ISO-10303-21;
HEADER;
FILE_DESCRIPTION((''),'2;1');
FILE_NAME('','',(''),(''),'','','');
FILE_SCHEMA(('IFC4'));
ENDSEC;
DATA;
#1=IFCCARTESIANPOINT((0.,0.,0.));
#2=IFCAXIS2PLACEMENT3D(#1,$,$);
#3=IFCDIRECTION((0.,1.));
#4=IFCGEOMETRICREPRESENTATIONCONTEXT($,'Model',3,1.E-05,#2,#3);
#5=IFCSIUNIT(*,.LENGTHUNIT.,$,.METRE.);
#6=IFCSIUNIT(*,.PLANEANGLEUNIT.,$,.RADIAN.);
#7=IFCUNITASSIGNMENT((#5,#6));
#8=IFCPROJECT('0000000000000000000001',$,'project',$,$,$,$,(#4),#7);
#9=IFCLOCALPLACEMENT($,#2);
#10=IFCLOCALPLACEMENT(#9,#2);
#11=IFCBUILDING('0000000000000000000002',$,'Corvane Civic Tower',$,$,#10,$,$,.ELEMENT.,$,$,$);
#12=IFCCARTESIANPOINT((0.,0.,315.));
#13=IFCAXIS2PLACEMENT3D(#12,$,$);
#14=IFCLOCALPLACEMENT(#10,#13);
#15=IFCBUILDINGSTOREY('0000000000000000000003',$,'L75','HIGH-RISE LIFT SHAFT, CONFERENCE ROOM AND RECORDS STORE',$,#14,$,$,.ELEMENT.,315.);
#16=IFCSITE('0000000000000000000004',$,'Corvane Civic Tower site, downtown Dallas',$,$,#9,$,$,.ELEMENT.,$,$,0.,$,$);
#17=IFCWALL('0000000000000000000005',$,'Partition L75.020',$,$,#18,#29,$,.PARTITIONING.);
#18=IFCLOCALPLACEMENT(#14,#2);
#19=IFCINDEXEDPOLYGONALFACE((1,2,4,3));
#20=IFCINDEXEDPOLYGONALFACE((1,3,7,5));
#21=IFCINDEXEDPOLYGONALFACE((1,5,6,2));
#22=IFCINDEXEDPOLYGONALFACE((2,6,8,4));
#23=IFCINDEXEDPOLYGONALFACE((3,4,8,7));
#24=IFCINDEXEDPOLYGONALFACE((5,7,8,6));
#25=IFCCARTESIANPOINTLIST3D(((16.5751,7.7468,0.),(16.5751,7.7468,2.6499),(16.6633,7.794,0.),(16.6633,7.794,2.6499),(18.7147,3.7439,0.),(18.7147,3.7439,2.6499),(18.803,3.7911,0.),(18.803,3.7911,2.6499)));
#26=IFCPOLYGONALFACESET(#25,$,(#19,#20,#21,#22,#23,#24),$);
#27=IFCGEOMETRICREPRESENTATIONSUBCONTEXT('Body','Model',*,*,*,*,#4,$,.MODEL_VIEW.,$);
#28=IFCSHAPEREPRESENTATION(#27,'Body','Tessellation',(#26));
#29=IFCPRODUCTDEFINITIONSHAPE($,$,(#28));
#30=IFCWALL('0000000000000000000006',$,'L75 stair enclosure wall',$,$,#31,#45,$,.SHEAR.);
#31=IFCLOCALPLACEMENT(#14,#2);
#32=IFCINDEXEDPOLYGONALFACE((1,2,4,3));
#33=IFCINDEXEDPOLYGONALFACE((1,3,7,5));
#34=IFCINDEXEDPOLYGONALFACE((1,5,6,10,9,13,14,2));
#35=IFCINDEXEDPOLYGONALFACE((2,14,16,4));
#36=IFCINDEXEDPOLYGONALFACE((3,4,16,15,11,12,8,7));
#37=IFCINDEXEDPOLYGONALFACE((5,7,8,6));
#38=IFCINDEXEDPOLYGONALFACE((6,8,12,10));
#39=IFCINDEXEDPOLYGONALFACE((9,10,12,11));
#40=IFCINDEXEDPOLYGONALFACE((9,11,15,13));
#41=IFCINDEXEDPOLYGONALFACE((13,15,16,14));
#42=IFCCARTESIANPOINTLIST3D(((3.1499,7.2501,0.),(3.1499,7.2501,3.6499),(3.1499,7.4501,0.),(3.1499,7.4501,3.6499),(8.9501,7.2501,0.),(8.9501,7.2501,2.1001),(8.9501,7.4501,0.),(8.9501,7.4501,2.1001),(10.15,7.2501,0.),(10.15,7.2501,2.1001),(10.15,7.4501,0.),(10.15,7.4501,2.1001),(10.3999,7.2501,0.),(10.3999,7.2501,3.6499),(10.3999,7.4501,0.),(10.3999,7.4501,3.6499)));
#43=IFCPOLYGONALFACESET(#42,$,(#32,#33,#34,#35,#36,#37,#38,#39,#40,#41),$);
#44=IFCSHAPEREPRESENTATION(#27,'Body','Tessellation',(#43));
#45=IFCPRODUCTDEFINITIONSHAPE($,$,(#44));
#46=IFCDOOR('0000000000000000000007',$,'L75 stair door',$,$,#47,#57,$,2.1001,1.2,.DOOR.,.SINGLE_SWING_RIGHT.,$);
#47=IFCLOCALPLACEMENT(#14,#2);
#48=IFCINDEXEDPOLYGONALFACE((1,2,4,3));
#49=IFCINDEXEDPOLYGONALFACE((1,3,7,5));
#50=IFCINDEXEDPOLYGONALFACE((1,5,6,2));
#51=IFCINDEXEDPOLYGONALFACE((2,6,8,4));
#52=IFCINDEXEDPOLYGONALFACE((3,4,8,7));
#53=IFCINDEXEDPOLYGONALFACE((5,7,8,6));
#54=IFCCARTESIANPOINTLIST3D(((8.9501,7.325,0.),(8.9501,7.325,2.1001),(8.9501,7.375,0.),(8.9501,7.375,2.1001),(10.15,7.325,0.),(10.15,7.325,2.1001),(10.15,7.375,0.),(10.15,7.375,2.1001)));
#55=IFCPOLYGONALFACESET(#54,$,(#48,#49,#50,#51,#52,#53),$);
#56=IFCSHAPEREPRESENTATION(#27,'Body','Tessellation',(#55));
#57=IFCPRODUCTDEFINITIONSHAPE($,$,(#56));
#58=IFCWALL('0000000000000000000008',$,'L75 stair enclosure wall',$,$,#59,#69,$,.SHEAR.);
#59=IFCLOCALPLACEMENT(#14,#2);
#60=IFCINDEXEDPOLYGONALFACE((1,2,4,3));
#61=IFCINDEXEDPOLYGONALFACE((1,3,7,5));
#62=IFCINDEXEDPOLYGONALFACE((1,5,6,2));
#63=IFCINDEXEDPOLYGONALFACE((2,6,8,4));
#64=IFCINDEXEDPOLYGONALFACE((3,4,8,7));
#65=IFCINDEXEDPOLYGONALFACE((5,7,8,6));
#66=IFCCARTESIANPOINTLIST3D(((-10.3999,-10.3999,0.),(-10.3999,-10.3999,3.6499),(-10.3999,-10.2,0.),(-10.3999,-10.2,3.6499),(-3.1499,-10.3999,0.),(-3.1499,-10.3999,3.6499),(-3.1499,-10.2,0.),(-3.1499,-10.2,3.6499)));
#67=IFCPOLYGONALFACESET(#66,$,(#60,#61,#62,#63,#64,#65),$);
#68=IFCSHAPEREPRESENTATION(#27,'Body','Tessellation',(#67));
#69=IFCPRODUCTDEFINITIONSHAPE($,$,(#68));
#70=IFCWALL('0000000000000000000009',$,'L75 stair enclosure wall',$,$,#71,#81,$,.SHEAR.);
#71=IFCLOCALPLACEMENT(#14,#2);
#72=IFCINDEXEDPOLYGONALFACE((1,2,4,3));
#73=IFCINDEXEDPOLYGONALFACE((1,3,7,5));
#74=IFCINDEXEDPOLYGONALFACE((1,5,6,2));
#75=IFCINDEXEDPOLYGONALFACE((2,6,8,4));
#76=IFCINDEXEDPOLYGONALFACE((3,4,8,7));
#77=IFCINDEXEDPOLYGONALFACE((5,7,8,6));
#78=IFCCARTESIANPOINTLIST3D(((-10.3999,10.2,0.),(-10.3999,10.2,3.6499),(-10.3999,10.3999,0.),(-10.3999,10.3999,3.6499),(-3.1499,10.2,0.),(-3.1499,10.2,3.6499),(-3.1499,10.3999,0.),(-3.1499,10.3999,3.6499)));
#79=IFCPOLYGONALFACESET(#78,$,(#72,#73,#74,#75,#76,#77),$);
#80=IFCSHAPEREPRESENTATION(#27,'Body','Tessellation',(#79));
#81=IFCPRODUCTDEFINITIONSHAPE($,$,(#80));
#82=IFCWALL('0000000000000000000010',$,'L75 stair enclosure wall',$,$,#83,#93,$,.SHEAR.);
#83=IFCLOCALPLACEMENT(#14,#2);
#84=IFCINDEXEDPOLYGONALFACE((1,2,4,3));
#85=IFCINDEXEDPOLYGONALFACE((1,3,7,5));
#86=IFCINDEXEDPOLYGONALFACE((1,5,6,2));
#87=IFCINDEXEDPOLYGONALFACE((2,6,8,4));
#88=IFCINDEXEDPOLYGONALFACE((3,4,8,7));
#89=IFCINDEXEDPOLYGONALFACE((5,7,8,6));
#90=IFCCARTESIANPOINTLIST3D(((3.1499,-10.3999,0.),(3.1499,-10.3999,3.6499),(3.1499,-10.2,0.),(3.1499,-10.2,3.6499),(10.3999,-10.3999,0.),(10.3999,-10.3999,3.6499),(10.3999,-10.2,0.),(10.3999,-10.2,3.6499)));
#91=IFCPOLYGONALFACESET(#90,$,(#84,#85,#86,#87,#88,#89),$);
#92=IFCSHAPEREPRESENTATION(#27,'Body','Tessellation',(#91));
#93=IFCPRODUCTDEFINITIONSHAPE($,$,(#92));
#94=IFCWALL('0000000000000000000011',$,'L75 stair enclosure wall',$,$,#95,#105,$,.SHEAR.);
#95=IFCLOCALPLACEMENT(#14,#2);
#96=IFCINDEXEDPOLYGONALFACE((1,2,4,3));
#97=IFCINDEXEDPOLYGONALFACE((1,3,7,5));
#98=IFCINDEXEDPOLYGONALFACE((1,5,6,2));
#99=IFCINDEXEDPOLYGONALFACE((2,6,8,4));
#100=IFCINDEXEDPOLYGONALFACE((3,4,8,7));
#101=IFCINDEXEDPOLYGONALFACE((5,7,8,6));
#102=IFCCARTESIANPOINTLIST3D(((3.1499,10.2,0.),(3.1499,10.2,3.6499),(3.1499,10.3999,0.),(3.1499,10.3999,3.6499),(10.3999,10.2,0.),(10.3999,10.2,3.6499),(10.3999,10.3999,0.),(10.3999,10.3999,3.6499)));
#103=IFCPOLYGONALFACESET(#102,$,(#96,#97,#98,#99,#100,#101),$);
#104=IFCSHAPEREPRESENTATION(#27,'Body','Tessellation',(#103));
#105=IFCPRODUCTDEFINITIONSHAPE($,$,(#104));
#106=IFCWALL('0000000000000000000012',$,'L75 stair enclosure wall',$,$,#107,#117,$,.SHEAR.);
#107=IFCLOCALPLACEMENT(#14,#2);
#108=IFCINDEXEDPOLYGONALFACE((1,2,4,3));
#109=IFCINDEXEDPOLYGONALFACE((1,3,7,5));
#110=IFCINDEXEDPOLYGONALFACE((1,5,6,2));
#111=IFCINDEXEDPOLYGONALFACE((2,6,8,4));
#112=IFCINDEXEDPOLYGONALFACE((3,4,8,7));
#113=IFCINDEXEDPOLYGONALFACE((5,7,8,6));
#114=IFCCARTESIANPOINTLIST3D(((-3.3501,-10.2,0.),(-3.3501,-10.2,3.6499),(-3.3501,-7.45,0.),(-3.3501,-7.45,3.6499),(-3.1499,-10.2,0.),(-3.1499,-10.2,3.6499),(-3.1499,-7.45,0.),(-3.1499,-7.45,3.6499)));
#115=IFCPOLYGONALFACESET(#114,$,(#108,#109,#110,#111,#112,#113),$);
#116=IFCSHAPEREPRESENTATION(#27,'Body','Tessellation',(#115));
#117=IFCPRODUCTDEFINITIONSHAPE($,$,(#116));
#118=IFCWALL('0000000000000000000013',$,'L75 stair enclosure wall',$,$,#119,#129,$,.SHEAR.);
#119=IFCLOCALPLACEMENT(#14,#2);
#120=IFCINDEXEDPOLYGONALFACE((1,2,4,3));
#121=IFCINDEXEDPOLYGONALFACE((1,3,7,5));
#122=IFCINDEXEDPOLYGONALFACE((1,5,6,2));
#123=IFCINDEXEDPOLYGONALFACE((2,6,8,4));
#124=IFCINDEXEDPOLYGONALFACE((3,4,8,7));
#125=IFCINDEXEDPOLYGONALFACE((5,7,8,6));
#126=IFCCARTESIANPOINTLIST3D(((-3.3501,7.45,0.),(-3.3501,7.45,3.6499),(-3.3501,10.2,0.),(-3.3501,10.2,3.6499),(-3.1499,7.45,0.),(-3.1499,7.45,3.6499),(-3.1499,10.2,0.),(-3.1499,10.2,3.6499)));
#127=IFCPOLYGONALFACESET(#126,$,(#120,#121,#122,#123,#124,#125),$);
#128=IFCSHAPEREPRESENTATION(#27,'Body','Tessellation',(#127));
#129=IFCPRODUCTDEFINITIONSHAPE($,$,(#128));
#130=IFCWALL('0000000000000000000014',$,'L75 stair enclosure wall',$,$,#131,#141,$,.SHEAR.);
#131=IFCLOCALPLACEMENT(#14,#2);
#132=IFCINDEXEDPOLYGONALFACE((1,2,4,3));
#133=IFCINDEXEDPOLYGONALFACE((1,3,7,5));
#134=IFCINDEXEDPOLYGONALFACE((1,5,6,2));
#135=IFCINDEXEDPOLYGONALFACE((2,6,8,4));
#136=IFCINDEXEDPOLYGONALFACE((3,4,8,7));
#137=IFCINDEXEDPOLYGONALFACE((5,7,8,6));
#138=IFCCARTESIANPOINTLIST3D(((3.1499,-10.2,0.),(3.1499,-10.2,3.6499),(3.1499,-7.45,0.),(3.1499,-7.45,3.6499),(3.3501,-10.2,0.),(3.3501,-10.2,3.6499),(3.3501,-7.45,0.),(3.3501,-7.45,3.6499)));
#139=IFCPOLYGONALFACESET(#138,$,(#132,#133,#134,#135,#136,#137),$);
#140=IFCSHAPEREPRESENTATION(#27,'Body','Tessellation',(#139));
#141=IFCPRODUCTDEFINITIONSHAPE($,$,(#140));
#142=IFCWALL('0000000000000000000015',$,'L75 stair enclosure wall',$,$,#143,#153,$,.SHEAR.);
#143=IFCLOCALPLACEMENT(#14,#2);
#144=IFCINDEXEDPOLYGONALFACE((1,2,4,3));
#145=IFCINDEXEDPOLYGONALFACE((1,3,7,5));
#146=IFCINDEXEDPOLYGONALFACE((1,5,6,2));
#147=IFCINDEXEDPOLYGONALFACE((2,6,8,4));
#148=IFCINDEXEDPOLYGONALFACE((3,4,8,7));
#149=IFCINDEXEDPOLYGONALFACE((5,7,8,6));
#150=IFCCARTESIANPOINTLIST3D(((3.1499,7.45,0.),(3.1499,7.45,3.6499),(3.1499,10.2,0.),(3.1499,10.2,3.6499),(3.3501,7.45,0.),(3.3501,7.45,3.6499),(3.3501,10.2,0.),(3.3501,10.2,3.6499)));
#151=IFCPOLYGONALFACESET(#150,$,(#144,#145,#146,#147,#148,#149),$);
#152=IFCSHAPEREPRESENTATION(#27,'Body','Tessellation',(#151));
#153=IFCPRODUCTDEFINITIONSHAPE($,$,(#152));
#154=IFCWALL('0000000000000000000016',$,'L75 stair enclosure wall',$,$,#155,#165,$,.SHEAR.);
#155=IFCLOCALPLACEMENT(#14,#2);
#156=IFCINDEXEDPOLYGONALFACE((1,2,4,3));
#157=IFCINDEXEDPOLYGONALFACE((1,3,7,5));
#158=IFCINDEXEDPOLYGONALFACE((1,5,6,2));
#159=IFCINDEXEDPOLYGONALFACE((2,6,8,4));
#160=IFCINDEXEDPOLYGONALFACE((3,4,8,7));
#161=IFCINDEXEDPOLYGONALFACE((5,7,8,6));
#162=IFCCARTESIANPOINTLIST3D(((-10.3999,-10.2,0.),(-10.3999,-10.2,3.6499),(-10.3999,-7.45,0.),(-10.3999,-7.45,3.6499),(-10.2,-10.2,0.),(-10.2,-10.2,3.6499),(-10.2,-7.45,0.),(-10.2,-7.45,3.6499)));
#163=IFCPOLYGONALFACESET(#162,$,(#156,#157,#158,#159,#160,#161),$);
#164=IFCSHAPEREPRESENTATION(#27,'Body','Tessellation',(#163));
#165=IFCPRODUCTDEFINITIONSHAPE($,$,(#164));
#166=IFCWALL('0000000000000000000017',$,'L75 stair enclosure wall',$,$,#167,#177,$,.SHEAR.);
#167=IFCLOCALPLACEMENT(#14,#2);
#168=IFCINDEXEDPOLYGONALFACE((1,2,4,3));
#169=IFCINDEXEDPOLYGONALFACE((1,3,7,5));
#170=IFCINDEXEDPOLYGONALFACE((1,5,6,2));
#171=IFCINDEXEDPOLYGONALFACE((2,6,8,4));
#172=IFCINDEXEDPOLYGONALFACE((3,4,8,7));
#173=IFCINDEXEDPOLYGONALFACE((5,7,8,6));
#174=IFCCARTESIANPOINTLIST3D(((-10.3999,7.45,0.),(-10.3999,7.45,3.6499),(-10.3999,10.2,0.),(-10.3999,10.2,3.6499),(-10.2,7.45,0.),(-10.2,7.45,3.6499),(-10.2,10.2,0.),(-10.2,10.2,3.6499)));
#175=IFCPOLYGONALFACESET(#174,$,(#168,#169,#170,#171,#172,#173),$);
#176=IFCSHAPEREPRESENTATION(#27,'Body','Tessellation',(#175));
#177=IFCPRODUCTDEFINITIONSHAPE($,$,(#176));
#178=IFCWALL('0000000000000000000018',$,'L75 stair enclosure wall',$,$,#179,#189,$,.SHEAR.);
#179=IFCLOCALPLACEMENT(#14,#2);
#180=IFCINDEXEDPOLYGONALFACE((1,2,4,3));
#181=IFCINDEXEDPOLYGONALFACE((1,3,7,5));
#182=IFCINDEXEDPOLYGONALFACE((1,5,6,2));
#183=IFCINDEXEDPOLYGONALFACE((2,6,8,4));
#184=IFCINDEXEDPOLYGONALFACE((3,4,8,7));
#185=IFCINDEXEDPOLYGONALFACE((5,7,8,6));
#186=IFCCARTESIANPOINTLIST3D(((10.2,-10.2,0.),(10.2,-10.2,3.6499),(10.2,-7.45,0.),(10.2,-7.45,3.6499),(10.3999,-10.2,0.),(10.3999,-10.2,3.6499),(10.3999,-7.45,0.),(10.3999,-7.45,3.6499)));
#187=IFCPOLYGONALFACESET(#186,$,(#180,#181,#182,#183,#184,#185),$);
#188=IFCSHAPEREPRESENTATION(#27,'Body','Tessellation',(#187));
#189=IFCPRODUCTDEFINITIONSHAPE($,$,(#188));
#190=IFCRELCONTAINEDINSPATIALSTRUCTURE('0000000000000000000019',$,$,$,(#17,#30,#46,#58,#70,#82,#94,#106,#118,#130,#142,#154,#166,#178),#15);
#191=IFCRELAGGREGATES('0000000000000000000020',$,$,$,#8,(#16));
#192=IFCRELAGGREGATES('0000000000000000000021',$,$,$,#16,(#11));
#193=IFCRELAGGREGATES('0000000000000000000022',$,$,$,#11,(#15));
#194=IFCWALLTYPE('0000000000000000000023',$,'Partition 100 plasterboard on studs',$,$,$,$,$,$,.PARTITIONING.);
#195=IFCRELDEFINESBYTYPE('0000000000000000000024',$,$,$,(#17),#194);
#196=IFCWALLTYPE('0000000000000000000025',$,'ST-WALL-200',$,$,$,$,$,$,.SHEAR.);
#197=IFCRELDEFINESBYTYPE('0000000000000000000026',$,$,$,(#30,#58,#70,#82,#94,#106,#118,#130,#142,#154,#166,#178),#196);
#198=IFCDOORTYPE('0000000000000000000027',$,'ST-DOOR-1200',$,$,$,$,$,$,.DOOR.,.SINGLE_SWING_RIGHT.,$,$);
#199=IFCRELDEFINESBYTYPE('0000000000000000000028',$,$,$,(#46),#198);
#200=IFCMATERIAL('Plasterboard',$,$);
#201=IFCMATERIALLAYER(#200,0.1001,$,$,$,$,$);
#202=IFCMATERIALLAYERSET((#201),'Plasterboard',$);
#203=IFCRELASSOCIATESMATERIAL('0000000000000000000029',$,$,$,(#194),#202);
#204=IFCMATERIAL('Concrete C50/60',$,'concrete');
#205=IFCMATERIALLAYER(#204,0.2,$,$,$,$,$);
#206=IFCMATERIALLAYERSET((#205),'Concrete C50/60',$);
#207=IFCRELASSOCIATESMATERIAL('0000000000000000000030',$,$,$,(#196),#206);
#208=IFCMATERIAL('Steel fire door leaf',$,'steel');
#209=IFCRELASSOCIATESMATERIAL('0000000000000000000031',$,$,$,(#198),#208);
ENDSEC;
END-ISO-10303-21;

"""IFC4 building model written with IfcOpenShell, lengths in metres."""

from ifc_helpers import new_model, si_unit, direction, frame, frame_2d, origin, place, context, subcontext, project, spatial, polyline, rectangle, outline, extrude, material, layer, layer_set, type_object, element, fill, save


model = new_model("IFC4")

# Units and contexts
model_context = context("Model", 3, precision=1e-05, world=origin(), true_north=direction((0.0, 1.0)))
body_context = subcontext(model_context, "Body", "Model", "MODEL_VIEW")
ifc_project = project(units=[si_unit("LENGTHUNIT", "METRE"), si_unit("PLANEANGLEUNIT", "RADIAN")], contexts=[model_context])

# Site, building, storey
site_placement = place(None, origin())
site = spatial("IfcSite", under=ifc_project, at=site_placement, Name="Corvane Civic Tower site, downtown Dallas", CompositionType="ELEMENT", RefElevation=0.0)
building_placement = place(site_placement, origin())
building = spatial("IfcBuilding", under=site, at=building_placement, Name="Corvane Civic Tower", CompositionType="ELEMENT")
storey_placement = place(building_placement, frame((0.0, 0.0, 315.0)))
storey = spatial("IfcBuildingStorey", under=building, at=storey_placement, Name="L75", Description="HIGH-RISE LIFT SHAFT, CONFERENCE ROOM AND RECORDS STORE", CompositionType="ELEMENT", Elevation=315.0)

# Shared definitions
ifc_material_1 = material(Name="Plasterboard")
ifc_layer_1 = layer(ifc_material_1, 0.1001)
ifc_layer_set_1 = layer_set([ifc_layer_1], Name="Plasterboard")
wall_type_1 = type_object("IfcWallType", Name="Partition 100 plasterboard on studs", PredefinedType="PARTITIONING", material=ifc_layer_set_1)

# Wall
wall_1_placement = place(storey_placement, frame((16.6191, 7.7705, 0.0), z_axis=(0.0, 0.0, 1.0), x_axis=(0.471403, -0.881918, 0.0)))
element("IfcWall", 1, at=wall_1_placement, inside=storey, type_object=wall_type_1, Name="Partition L75.020", PredefinedType="PARTITIONING", context=body_context, shape_type="SweptSolid", body=[
    extrude(rectangle(XDim=4.5388, YDim=0.1001, at=frame_2d((2.2695, 0.0))), origin(), (0.0, 0.0, 1.0), 2.6499),
])

# Wall, opening, door
ifc_material_2 = material(Name="Concrete C50/60", Category="concrete")
ifc_layer_2 = layer(ifc_material_2, 0.2)
ifc_layer_set_2 = layer_set([ifc_layer_2], Name="Concrete C50/60")
wall_type_2 = type_object("IfcWallType", Name="ST-WALL-200", PredefinedType="SHEAR", material=ifc_layer_set_2)
wall_2_placement = place(storey_placement, frame((3.1499, 7.3501, 0.0), z_axis=(0.0, 0.0, 1.0), x_axis=(1.0, 0.0, 0.0)))
wall_2 = element("IfcWall", 2, at=wall_2_placement, inside=storey, type_object=wall_type_2, Name="L75 stair enclosure wall", PredefinedType="SHEAR", context=body_context, shape_type="SweptSolid", body=[
    extrude(rectangle(XDim=7.25, YDim=0.2, at=frame_2d((3.625, 0.0))), origin(), (0.0, 0.0, 1.0), 3.6499),
])
opening_1_placement = place(wall_2_placement, frame((5.8, 0.0, 0.0)))
opening_1 = element("IfcOpeningElement", 3, at=opening_1_placement, cuts=wall_2, PredefinedType="OPENING", context=body_context, shape_type="SweptSolid", body=[
    extrude(rectangle(XDim=1.2, YDim=2.1001, at=frame_2d((0.6001, 1.05))), frame((0.0, 0.1099, 0.0), z_axis=(0.0, -1.0, 0.0), x_axis=(1.0, 0.0, 0.0)), (0.0, 0.0, 1.0), 0.22),
])
ifc_material_3 = material(Name="Steel fire door leaf", Category="steel")
door_type_1 = type_object("IfcDoorType", Name="ST-DOOR-1200", OperationType="SINGLE_SWING_RIGHT", PredefinedType="DOOR", material=ifc_material_3)
door_1_placement = place(opening_1_placement, origin())
door_1 = element("IfcDoor", 4, at=door_1_placement, inside=storey, type_object=door_type_1, Name="L75 stair door", OperationType="SINGLE_SWING_RIGHT", OverallHeight=2.1001, OverallWidth=1.2, PredefinedType="DOOR", context=body_context, shape_type="SweptSolid", body=[
    extrude(rectangle(XDim=1.2, YDim=2.1001, at=frame_2d((0.6001, 1.05))), frame((0.0, 0.0249, 0.0), z_axis=(0.0, -1.0, 0.0), x_axis=(1.0, 0.0, 0.0)), (0.0, 0.0, 1.0), 0.05),
])
fill(opening_1, door_1)

# Walls
wall_3_placement = place(storey_placement, origin())
element("IfcWall", 5, at=wall_3_placement, inside=storey, type_object=wall_type_2, Name="L75 stair enclosure wall", PredefinedType="SHEAR", context=body_context, shape_type="SweptSolid", body=[
    extrude(outline(polyline([(-3.1499, -10.2), (-3.1499, -10.3999), (-10.3999, -10.3999), (-10.3999, -10.2), (-3.1499, -10.2)])), origin(), (0.0, 0.0, 1.0), 3.6499),
])
wall_4_placement = place(storey_placement, origin())
element("IfcWall", 6, at=wall_4_placement, inside=storey, type_object=wall_type_2, Name="L75 stair enclosure wall", PredefinedType="SHEAR", context=body_context, shape_type="SweptSolid", body=[
    extrude(outline(polyline([(-3.1499, 10.2), (-10.3999, 10.2), (-10.3999, 10.3999), (-3.1499, 10.3999), (-3.1499, 10.2)])), origin(), (0.0, 0.0, 1.0), 3.6499),
])
wall_5_placement = place(storey_placement, origin())
element("IfcWall", 7, at=wall_5_placement, inside=storey, type_object=wall_type_2, Name="L75 stair enclosure wall", PredefinedType="SHEAR", context=body_context, shape_type="SweptSolid", body=[
    extrude(outline(polyline([(10.3999, -10.3999), (3.1499, -10.3999), (3.1499, -10.2), (10.3999, -10.2), (10.3999, -10.3999)])), origin(), (0.0, 0.0, 1.0), 3.6499),
])
wall_6_placement = place(storey_placement, origin())
element("IfcWall", 8, at=wall_6_placement, inside=storey, type_object=wall_type_2, Name="L75 stair enclosure wall", PredefinedType="SHEAR", context=body_context, shape_type="SweptSolid", body=[
    extrude(outline(polyline([(10.3999, 10.2), (3.1499, 10.2), (3.1499, 10.3999), (10.3999, 10.3999), (10.3999, 10.2)])), origin(), (0.0, 0.0, 1.0), 3.6499),
])
wall_7_placement = place(storey_placement, origin())
element("IfcWall", 9, at=wall_7_placement, inside=storey, type_object=wall_type_2, Name="L75 stair enclosure wall", PredefinedType="SHEAR", context=body_context, shape_type="SweptSolid", body=[
    extrude(outline(polyline([(-3.1499, -7.45), (-3.1499, -10.2), (-3.3501, -10.2), (-3.3501, -7.45), (-3.1499, -7.45)])), origin(), (0.0, 0.0, 1.0), 3.6499),
])
wall_8_placement = place(storey_placement, origin())
element("IfcWall", 10, at=wall_8_placement, inside=storey, type_object=wall_type_2, Name="L75 stair enclosure wall", PredefinedType="SHEAR", context=body_context, shape_type="SweptSolid", body=[
    extrude(outline(polyline([(-3.1499, 7.45), (-3.3501, 7.45), (-3.3501, 10.2), (-3.1499, 10.2), (-3.1499, 7.45)])), origin(), (0.0, 0.0, 1.0), 3.6499),
])
wall_9_placement = place(storey_placement, origin())
element("IfcWall", 11, at=wall_9_placement, inside=storey, type_object=wall_type_2, Name="L75 stair enclosure wall", PredefinedType="SHEAR", context=body_context, shape_type="SweptSolid", body=[
    extrude(outline(polyline([(3.3501, -7.45), (3.3501, -10.2), (3.1499, -10.2), (3.1499, -7.45), (3.3501, -7.45)])), origin(), (0.0, 0.0, 1.0), 3.6499),
])
wall_10_placement = place(storey_placement, origin())
element("IfcWall", 12, at=wall_10_placement, inside=storey, type_object=wall_type_2, Name="L75 stair enclosure wall", PredefinedType="SHEAR", context=body_context, shape_type="SweptSolid", body=[
    extrude(outline(polyline([(3.3501, 7.45), (3.1499, 7.45), (3.1499, 10.2), (3.3501, 10.2), (3.3501, 7.45)])), origin(), (0.0, 0.0, 1.0), 3.6499),
])
wall_11_placement = place(storey_placement, origin())
element("IfcWall", 13, at=wall_11_placement, inside=storey, type_object=wall_type_2, Name="L75 stair enclosure wall", PredefinedType="SHEAR", context=body_context, shape_type="SweptSolid", body=[
    extrude(outline(polyline([(-10.2, -7.45), (-10.2, -10.2), (-10.3999, -10.2), (-10.3999, -7.45), (-10.2, -7.45)])), origin(), (0.0, 0.0, 1.0), 3.6499),
])
wall_12_placement = place(storey_placement, origin())
element("IfcWall", 14, at=wall_12_placement, inside=storey, type_object=wall_type_2, Name="L75 stair enclosure wall", PredefinedType="SHEAR", context=body_context, shape_type="SweptSolid", body=[
    extrude(outline(polyline([(-10.2, 7.45), (-10.3999, 7.45), (-10.3999, 10.2), (-10.2, 10.2), (-10.2, 7.45)])), origin(), (0.0, 0.0, 1.0), 3.6499),
])
wall_13_placement = place(storey_placement, origin())
element("IfcWall", 15, at=wall_13_placement, inside=storey, type_object=wall_type_2, Name="L75 stair enclosure wall", PredefinedType="SHEAR", context=body_context, shape_type="SweptSolid", body=[
    extrude(outline(polyline([(10.3999, -7.45), (10.3999, -10.2), (10.2, -10.2), (10.2, -7.45), (10.3999, -7.45)])), origin(), (0.0, 0.0, 1.0), 3.6499),
])

save(model, "model.ifc")
